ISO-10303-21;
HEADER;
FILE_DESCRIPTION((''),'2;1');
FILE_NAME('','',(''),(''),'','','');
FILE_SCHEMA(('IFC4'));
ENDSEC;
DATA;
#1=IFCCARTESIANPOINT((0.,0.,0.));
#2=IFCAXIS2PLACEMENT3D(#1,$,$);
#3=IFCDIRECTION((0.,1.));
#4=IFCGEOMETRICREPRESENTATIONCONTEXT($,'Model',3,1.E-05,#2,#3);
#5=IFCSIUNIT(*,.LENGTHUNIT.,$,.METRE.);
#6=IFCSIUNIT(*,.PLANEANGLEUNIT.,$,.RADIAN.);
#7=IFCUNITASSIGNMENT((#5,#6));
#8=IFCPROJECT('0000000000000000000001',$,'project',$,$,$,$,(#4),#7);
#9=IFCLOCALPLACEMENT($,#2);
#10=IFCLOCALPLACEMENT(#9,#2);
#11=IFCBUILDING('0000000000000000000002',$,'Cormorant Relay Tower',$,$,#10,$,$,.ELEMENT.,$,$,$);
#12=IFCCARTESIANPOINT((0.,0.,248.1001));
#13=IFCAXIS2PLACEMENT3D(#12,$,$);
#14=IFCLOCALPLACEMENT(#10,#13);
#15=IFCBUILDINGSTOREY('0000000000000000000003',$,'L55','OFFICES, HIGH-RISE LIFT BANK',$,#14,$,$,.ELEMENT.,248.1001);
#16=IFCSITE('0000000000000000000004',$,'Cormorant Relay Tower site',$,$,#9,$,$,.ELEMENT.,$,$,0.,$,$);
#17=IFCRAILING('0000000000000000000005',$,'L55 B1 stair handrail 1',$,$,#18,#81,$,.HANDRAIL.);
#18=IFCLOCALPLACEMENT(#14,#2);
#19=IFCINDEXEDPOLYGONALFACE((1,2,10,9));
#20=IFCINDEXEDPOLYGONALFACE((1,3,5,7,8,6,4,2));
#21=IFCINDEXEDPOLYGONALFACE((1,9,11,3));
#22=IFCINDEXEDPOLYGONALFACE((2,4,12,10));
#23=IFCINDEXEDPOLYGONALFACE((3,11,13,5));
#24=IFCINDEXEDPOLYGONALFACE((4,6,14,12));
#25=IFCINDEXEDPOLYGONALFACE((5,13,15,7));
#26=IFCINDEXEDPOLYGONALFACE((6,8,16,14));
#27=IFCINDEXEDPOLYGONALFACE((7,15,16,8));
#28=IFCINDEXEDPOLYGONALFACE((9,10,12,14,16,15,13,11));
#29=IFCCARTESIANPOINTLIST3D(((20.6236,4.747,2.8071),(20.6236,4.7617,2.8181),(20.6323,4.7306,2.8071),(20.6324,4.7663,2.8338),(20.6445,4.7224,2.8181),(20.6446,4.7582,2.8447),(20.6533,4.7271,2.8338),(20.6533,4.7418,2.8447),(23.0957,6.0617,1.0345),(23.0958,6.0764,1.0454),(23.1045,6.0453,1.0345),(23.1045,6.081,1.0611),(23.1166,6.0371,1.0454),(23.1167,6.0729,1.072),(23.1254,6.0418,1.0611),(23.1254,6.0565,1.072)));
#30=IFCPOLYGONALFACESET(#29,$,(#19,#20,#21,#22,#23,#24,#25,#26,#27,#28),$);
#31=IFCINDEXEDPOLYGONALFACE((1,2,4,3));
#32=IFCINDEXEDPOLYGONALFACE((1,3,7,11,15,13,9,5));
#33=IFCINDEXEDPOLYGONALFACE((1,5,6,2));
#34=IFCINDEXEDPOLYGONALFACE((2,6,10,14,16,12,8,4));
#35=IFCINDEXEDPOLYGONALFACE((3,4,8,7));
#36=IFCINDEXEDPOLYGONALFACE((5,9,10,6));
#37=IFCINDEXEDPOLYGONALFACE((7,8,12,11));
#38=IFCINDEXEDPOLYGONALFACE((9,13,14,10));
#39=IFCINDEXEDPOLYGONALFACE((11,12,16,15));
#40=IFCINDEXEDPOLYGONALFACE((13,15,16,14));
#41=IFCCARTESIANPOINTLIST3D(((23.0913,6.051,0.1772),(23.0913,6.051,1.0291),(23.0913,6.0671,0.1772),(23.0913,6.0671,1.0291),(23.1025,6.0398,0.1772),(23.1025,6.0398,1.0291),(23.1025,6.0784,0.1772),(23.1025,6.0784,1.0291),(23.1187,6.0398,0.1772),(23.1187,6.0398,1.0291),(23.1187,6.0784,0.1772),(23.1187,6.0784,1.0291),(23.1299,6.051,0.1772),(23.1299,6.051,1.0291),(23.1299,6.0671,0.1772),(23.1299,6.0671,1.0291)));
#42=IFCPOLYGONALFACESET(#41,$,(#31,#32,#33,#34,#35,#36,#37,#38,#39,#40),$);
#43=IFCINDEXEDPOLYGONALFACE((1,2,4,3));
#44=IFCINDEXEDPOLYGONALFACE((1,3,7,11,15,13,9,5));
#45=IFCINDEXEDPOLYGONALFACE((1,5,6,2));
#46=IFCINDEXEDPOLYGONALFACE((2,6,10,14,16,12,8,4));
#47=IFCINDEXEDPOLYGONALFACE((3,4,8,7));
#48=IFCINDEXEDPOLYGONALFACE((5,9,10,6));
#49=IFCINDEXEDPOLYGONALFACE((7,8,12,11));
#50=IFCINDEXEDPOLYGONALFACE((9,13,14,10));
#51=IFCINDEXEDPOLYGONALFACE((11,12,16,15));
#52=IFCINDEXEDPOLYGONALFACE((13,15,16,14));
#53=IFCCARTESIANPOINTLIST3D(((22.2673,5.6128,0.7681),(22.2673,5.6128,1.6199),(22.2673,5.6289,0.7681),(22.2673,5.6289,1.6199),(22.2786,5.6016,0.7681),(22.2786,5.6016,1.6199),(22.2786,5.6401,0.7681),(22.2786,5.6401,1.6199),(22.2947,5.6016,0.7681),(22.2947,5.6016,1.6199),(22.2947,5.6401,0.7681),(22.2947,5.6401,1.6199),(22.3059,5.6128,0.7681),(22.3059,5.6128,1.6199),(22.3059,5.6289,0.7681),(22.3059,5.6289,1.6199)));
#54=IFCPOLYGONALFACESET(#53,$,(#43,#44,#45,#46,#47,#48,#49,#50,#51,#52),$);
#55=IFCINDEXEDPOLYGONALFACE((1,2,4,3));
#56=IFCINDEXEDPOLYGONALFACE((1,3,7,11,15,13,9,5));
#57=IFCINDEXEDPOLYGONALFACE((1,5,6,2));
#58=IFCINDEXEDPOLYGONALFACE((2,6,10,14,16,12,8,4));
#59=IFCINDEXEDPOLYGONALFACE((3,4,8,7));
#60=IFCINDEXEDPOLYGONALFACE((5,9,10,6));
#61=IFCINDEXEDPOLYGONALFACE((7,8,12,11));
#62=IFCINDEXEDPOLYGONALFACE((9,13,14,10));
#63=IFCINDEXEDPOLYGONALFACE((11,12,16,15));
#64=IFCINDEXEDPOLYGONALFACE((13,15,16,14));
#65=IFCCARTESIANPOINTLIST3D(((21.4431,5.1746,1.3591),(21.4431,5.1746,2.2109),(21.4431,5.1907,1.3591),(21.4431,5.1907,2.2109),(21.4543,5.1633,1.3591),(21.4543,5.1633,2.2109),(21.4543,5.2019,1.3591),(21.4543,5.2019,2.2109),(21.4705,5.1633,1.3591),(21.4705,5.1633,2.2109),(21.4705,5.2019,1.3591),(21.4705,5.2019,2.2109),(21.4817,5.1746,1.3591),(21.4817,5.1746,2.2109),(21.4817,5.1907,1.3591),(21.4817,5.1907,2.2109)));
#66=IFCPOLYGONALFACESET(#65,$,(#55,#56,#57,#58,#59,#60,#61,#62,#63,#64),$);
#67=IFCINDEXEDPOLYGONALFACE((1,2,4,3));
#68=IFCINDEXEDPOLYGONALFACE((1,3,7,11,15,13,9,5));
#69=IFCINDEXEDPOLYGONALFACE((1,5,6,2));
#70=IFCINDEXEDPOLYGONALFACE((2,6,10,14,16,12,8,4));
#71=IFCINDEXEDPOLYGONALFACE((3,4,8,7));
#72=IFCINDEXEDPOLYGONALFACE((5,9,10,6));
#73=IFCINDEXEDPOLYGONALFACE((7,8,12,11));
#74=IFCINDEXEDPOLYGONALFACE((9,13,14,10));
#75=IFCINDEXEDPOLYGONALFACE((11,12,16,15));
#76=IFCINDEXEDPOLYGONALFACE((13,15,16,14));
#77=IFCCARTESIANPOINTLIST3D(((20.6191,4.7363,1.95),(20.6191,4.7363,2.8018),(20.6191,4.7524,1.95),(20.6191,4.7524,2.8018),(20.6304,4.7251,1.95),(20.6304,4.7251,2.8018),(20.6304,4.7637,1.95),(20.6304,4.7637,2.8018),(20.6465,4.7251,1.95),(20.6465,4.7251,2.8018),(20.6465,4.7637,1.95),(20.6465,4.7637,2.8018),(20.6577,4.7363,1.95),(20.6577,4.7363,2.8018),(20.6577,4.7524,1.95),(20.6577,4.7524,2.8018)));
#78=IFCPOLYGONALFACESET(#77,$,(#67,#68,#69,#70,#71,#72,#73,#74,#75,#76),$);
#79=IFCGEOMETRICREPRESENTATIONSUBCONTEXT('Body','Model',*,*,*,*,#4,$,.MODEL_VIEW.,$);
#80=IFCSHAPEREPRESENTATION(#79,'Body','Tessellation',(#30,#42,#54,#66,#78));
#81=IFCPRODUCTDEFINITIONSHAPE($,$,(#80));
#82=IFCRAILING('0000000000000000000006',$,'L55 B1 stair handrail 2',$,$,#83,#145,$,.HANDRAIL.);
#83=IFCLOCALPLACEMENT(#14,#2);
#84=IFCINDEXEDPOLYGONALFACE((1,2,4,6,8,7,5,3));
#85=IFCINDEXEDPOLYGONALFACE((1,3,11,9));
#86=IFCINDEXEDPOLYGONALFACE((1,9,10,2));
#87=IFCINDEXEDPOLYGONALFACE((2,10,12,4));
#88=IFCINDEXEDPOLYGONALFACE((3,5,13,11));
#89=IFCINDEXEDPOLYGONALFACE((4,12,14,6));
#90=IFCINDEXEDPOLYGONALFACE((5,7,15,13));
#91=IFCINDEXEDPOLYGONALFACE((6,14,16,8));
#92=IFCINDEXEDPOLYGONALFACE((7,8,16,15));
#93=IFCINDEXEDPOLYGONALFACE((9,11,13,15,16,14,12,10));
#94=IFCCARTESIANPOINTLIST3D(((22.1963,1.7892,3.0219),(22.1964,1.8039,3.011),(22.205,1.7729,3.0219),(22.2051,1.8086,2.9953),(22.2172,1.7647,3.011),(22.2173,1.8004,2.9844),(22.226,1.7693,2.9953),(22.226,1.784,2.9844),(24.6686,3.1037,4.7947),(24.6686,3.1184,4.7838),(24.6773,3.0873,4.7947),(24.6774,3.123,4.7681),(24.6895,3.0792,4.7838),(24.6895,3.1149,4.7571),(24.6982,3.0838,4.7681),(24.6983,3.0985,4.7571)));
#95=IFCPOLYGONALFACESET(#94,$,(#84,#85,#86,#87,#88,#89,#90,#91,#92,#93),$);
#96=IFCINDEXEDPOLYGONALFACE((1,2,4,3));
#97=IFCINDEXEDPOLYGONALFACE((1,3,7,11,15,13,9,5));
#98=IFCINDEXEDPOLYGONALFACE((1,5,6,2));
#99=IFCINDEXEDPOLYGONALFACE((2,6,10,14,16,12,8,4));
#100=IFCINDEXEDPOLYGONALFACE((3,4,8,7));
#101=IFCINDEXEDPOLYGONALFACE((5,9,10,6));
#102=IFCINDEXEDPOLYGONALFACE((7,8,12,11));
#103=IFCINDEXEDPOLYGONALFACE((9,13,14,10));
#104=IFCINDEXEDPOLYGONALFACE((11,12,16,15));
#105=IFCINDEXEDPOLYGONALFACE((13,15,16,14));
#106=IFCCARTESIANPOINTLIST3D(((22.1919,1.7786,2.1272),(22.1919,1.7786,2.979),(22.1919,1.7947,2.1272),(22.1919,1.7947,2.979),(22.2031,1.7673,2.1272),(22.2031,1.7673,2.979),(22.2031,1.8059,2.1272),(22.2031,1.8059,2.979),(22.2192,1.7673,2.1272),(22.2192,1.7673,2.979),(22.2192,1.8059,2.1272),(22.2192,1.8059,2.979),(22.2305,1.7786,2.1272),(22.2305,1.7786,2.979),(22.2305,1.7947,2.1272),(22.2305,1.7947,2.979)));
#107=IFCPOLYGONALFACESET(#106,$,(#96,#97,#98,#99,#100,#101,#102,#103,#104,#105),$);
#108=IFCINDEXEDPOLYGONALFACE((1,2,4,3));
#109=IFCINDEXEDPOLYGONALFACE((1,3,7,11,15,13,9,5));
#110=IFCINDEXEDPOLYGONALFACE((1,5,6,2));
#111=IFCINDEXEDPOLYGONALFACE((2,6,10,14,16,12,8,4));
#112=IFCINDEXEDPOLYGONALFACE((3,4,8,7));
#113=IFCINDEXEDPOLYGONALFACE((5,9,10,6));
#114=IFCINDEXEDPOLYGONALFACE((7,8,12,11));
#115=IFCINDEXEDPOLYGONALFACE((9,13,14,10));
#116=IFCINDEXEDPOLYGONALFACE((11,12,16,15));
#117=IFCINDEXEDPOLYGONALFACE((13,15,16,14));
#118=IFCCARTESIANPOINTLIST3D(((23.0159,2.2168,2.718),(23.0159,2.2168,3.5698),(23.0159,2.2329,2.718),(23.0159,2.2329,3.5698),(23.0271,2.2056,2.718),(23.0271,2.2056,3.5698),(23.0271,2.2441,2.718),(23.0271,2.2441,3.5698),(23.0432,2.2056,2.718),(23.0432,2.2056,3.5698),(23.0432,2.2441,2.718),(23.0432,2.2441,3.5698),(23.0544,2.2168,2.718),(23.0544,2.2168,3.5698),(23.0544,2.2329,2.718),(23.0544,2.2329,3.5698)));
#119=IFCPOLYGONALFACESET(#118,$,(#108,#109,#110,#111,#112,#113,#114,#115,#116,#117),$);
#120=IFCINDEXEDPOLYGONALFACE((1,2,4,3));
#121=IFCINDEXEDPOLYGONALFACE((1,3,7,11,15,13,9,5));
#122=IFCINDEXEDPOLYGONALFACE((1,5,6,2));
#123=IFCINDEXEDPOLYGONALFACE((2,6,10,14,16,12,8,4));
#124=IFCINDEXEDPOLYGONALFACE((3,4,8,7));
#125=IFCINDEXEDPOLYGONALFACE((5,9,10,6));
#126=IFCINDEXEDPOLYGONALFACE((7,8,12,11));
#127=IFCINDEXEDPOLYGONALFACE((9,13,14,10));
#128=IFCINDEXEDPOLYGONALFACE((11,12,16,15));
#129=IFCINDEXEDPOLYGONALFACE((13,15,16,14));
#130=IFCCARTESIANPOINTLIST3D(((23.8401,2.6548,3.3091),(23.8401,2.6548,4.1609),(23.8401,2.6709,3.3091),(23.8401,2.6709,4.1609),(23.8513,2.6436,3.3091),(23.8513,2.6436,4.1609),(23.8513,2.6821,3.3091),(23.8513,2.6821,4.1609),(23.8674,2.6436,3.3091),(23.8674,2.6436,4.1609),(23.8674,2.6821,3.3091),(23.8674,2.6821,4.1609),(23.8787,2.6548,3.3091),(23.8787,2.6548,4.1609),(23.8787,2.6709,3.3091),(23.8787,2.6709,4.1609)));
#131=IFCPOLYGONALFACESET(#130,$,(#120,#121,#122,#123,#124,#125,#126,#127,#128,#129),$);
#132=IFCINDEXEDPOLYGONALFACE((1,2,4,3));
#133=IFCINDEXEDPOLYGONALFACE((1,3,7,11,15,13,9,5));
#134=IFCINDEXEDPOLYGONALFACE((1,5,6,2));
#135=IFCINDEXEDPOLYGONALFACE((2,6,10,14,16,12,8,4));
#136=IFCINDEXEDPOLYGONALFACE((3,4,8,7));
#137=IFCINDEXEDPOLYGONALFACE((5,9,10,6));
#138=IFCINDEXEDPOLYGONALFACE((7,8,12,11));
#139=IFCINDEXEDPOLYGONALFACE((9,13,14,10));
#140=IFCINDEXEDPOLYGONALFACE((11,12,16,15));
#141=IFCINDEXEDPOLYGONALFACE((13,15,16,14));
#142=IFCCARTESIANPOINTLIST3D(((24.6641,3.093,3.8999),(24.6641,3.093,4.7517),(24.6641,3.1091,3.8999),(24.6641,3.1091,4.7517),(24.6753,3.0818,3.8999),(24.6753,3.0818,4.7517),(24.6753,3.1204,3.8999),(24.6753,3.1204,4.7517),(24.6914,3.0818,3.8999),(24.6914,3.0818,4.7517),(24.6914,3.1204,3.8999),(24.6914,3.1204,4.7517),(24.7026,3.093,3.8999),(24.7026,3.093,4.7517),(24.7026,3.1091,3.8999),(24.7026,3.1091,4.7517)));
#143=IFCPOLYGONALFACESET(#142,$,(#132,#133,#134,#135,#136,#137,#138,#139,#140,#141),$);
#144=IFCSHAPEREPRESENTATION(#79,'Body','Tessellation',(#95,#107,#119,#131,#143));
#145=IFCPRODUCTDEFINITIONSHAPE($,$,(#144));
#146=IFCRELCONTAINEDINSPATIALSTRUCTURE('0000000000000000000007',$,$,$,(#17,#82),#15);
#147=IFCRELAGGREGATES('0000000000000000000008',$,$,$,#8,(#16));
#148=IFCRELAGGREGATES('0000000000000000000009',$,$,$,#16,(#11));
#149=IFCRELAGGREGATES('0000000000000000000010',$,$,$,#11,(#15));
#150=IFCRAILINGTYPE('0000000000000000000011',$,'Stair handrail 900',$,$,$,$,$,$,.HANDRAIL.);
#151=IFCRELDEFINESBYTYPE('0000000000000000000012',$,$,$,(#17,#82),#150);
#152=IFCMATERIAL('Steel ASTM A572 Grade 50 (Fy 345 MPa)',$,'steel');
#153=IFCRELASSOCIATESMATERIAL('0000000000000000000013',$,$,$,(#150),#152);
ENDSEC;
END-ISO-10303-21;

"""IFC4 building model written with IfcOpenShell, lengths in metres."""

from ifc_helpers import new_model, si_unit, direction, frame, origin, place, context, subcontext, project, spatial, polyline, outline, extrude, material, type_object, element, save


model = new_model("IFC4")

# Units and contexts
model_context = context("Model", 3, precision=1e-05, world=origin(), true_north=direction((0.0, 1.0)))
body_context = subcontext(model_context, "Body", "Model", "MODEL_VIEW")
ifc_project = project(units=[si_unit("LENGTHUNIT", "METRE"), si_unit("PLANEANGLEUNIT", "RADIAN")], contexts=[model_context])

# Site, building, storey
site_placement = place(None, origin())
site = spatial("IfcSite", under=ifc_project, at=site_placement, Name="Cormorant Relay Tower site", CompositionType="ELEMENT", RefElevation=0.0)
building_placement = place(site_placement, origin())
building = spatial("IfcBuilding", under=site, at=building_placement, Name="Cormorant Relay Tower", CompositionType="ELEMENT")
storey_placement = place(building_placement, frame((0.0, 0.0, 248.1001)))
storey = spatial("IfcBuildingStorey", under=building, at=storey_placement, Name="L55", Description="OFFICES, HIGH-RISE LIFT BANK", CompositionType="ELEMENT", Elevation=248.1001)

# Railings
ifc_material_1 = material(Name="Steel ASTM A572 Grade 50 (Fy 345 MPa)", Category="steel")
railing_type_1 = type_object("IfcRailingType", Name="Stair handrail 900", PredefinedType="HANDRAIL", material=ifc_material_1)
railing_1_placement = place(storey_placement, frame((23.1106, 6.0591, 0.1772)))
element("IfcRailing", 1, at=railing_1_placement, inside=storey, type_object=railing_type_1, Name="L55 B1 stair handrail 1", PredefinedType="HANDRAIL", context=body_context, shape_type="SweptSolid", body=[
    extrude(outline(polyline([(0.0222, 0.0093), (0.0093, 0.0222), (-0.0093, 0.0222), (-0.0222, 0.0093), (-0.0222, -0.0093), (-0.0093, -0.0222), (0.0093, -0.0222), (0.0222, -0.0093), (0.0222, 0.0093)])), frame((0.0, 0.0, 0.876), z_axis=(-0.745979, -0.396711, 0.534916), x_axis=(0.469533, -0.882915, 0.0)), (0.0, 0.0, 1.0), 3.314),
    extrude(outline(polyline([(0.0193, 0.0081), (0.0081, 0.0193), (-0.0081, 0.0193), (-0.0193, 0.0081), (-0.0193, -0.0081), (-0.0081, -0.0193), (0.0081, -0.0193), (0.0193, -0.0081), (0.0193, 0.0081)])), origin(), (0.0, 0.0, 1.0), 0.8518),
    extrude(outline(polyline([(0.0193, 0.0081), (0.0081, 0.0193), (-0.0081, 0.0193), (-0.0193, 0.0081), (-0.0193, -0.0081), (-0.0081, -0.0193), (0.0081, -0.0193), (0.0193, -0.0081), (0.0193, 0.0081)])), frame((-0.824, -0.4382, 0.5908)), (0.0, 0.0, 1.0), 0.8518),
    extrude(outline(polyline([(0.0193, 0.0081), (0.0081, 0.0193), (-0.0081, 0.0193), (-0.0193, 0.0081), (-0.0193, -0.0081), (-0.0081, -0.0193), (0.0081, -0.0193), (0.0193, -0.0081), (0.0193, 0.0081)])), frame((-1.6482, -0.8765, 1.1819)), (0.0, 0.0, 1.0), 0.8518),
    extrude(outline(polyline([(0.0193, 0.0081), (0.0081, 0.0193), (-0.0081, 0.0193), (-0.0193, 0.0081), (-0.0193, -0.0081), (-0.0081, -0.0193), (0.0081, -0.0193), (0.0193, -0.0081), (0.0193, 0.0081)])), frame((-2.4722, -1.3147, 1.7727)), (0.0, 0.0, 1.0), 0.8518),
])
railing_2_placement = place(storey_placement, frame((22.2112, 1.7866, 2.1272)))
element("IfcRailing", 2, at=railing_2_placement, inside=storey, type_object=railing_type_1, Name="L55 B1 stair handrail 2", PredefinedType="HANDRAIL", context=body_context, shape_type="SweptSolid", body=[
    extrude(outline(polyline([(0.0222, 0.0093), (0.0093, 0.0222), (-0.0093, 0.0222), (-0.0222, 0.0093), (-0.0222, -0.0093), (-0.0093, -0.0222), (0.0093, -0.0222), (0.0222, -0.0093), (0.0222, 0.0093)])), frame((0.0, 0.0, 0.876), z_axis=(0.746001, 0.396649, 0.534931), x_axis=(-0.469465, 0.882951, 0.0)), (0.0, 0.0, 1.0), 3.314),
    extrude(outline(polyline([(0.0193, 0.0081), (0.0081, 0.0193), (-0.0081, 0.0193), (-0.0193, 0.0081), (-0.0193, -0.0081), (-0.0081, -0.0193), (0.0081, -0.0193), (0.0193, -0.0081), (0.0193, 0.0081)])), origin(), (0.0, 0.0, 1.0), 0.8518),
    extrude(outline(polyline([(0.0193, 0.0081), (0.0081, 0.0193), (-0.0081, 0.0193), (-0.0193, 0.0081), (-0.0193, -0.0081), (-0.0081, -0.0193), (0.0081, -0.0193), (0.0193, -0.0081), (0.0193, 0.0081)])), frame((0.824, 0.4382, 0.5908)), (0.0, 0.0, 1.0), 0.8518),
    extrude(outline(polyline([(0.0193, 0.0081), (0.0081, 0.0193), (-0.0081, 0.0193), (-0.0193, 0.0081), (-0.0193, -0.0081), (-0.0081, -0.0193), (0.0081, -0.0193), (0.0193, -0.0081), (0.0193, 0.0081)])), frame((1.6482, 0.8762, 1.1819)), (0.0, 0.0, 1.0), 0.8518),
    extrude(outline(polyline([(0.0193, 0.0081), (0.0081, 0.0193), (-0.0081, 0.0193), (-0.0193, 0.0081), (-0.0193, -0.0081), (-0.0081, -0.0193), (0.0081, -0.0193), (0.0193, -0.0081), (0.0193, 0.0081)])), frame((2.4722, 1.3145, 1.7727)), (0.0, 0.0, 1.0), 0.8518),
])

save(model, "model.ifc")
